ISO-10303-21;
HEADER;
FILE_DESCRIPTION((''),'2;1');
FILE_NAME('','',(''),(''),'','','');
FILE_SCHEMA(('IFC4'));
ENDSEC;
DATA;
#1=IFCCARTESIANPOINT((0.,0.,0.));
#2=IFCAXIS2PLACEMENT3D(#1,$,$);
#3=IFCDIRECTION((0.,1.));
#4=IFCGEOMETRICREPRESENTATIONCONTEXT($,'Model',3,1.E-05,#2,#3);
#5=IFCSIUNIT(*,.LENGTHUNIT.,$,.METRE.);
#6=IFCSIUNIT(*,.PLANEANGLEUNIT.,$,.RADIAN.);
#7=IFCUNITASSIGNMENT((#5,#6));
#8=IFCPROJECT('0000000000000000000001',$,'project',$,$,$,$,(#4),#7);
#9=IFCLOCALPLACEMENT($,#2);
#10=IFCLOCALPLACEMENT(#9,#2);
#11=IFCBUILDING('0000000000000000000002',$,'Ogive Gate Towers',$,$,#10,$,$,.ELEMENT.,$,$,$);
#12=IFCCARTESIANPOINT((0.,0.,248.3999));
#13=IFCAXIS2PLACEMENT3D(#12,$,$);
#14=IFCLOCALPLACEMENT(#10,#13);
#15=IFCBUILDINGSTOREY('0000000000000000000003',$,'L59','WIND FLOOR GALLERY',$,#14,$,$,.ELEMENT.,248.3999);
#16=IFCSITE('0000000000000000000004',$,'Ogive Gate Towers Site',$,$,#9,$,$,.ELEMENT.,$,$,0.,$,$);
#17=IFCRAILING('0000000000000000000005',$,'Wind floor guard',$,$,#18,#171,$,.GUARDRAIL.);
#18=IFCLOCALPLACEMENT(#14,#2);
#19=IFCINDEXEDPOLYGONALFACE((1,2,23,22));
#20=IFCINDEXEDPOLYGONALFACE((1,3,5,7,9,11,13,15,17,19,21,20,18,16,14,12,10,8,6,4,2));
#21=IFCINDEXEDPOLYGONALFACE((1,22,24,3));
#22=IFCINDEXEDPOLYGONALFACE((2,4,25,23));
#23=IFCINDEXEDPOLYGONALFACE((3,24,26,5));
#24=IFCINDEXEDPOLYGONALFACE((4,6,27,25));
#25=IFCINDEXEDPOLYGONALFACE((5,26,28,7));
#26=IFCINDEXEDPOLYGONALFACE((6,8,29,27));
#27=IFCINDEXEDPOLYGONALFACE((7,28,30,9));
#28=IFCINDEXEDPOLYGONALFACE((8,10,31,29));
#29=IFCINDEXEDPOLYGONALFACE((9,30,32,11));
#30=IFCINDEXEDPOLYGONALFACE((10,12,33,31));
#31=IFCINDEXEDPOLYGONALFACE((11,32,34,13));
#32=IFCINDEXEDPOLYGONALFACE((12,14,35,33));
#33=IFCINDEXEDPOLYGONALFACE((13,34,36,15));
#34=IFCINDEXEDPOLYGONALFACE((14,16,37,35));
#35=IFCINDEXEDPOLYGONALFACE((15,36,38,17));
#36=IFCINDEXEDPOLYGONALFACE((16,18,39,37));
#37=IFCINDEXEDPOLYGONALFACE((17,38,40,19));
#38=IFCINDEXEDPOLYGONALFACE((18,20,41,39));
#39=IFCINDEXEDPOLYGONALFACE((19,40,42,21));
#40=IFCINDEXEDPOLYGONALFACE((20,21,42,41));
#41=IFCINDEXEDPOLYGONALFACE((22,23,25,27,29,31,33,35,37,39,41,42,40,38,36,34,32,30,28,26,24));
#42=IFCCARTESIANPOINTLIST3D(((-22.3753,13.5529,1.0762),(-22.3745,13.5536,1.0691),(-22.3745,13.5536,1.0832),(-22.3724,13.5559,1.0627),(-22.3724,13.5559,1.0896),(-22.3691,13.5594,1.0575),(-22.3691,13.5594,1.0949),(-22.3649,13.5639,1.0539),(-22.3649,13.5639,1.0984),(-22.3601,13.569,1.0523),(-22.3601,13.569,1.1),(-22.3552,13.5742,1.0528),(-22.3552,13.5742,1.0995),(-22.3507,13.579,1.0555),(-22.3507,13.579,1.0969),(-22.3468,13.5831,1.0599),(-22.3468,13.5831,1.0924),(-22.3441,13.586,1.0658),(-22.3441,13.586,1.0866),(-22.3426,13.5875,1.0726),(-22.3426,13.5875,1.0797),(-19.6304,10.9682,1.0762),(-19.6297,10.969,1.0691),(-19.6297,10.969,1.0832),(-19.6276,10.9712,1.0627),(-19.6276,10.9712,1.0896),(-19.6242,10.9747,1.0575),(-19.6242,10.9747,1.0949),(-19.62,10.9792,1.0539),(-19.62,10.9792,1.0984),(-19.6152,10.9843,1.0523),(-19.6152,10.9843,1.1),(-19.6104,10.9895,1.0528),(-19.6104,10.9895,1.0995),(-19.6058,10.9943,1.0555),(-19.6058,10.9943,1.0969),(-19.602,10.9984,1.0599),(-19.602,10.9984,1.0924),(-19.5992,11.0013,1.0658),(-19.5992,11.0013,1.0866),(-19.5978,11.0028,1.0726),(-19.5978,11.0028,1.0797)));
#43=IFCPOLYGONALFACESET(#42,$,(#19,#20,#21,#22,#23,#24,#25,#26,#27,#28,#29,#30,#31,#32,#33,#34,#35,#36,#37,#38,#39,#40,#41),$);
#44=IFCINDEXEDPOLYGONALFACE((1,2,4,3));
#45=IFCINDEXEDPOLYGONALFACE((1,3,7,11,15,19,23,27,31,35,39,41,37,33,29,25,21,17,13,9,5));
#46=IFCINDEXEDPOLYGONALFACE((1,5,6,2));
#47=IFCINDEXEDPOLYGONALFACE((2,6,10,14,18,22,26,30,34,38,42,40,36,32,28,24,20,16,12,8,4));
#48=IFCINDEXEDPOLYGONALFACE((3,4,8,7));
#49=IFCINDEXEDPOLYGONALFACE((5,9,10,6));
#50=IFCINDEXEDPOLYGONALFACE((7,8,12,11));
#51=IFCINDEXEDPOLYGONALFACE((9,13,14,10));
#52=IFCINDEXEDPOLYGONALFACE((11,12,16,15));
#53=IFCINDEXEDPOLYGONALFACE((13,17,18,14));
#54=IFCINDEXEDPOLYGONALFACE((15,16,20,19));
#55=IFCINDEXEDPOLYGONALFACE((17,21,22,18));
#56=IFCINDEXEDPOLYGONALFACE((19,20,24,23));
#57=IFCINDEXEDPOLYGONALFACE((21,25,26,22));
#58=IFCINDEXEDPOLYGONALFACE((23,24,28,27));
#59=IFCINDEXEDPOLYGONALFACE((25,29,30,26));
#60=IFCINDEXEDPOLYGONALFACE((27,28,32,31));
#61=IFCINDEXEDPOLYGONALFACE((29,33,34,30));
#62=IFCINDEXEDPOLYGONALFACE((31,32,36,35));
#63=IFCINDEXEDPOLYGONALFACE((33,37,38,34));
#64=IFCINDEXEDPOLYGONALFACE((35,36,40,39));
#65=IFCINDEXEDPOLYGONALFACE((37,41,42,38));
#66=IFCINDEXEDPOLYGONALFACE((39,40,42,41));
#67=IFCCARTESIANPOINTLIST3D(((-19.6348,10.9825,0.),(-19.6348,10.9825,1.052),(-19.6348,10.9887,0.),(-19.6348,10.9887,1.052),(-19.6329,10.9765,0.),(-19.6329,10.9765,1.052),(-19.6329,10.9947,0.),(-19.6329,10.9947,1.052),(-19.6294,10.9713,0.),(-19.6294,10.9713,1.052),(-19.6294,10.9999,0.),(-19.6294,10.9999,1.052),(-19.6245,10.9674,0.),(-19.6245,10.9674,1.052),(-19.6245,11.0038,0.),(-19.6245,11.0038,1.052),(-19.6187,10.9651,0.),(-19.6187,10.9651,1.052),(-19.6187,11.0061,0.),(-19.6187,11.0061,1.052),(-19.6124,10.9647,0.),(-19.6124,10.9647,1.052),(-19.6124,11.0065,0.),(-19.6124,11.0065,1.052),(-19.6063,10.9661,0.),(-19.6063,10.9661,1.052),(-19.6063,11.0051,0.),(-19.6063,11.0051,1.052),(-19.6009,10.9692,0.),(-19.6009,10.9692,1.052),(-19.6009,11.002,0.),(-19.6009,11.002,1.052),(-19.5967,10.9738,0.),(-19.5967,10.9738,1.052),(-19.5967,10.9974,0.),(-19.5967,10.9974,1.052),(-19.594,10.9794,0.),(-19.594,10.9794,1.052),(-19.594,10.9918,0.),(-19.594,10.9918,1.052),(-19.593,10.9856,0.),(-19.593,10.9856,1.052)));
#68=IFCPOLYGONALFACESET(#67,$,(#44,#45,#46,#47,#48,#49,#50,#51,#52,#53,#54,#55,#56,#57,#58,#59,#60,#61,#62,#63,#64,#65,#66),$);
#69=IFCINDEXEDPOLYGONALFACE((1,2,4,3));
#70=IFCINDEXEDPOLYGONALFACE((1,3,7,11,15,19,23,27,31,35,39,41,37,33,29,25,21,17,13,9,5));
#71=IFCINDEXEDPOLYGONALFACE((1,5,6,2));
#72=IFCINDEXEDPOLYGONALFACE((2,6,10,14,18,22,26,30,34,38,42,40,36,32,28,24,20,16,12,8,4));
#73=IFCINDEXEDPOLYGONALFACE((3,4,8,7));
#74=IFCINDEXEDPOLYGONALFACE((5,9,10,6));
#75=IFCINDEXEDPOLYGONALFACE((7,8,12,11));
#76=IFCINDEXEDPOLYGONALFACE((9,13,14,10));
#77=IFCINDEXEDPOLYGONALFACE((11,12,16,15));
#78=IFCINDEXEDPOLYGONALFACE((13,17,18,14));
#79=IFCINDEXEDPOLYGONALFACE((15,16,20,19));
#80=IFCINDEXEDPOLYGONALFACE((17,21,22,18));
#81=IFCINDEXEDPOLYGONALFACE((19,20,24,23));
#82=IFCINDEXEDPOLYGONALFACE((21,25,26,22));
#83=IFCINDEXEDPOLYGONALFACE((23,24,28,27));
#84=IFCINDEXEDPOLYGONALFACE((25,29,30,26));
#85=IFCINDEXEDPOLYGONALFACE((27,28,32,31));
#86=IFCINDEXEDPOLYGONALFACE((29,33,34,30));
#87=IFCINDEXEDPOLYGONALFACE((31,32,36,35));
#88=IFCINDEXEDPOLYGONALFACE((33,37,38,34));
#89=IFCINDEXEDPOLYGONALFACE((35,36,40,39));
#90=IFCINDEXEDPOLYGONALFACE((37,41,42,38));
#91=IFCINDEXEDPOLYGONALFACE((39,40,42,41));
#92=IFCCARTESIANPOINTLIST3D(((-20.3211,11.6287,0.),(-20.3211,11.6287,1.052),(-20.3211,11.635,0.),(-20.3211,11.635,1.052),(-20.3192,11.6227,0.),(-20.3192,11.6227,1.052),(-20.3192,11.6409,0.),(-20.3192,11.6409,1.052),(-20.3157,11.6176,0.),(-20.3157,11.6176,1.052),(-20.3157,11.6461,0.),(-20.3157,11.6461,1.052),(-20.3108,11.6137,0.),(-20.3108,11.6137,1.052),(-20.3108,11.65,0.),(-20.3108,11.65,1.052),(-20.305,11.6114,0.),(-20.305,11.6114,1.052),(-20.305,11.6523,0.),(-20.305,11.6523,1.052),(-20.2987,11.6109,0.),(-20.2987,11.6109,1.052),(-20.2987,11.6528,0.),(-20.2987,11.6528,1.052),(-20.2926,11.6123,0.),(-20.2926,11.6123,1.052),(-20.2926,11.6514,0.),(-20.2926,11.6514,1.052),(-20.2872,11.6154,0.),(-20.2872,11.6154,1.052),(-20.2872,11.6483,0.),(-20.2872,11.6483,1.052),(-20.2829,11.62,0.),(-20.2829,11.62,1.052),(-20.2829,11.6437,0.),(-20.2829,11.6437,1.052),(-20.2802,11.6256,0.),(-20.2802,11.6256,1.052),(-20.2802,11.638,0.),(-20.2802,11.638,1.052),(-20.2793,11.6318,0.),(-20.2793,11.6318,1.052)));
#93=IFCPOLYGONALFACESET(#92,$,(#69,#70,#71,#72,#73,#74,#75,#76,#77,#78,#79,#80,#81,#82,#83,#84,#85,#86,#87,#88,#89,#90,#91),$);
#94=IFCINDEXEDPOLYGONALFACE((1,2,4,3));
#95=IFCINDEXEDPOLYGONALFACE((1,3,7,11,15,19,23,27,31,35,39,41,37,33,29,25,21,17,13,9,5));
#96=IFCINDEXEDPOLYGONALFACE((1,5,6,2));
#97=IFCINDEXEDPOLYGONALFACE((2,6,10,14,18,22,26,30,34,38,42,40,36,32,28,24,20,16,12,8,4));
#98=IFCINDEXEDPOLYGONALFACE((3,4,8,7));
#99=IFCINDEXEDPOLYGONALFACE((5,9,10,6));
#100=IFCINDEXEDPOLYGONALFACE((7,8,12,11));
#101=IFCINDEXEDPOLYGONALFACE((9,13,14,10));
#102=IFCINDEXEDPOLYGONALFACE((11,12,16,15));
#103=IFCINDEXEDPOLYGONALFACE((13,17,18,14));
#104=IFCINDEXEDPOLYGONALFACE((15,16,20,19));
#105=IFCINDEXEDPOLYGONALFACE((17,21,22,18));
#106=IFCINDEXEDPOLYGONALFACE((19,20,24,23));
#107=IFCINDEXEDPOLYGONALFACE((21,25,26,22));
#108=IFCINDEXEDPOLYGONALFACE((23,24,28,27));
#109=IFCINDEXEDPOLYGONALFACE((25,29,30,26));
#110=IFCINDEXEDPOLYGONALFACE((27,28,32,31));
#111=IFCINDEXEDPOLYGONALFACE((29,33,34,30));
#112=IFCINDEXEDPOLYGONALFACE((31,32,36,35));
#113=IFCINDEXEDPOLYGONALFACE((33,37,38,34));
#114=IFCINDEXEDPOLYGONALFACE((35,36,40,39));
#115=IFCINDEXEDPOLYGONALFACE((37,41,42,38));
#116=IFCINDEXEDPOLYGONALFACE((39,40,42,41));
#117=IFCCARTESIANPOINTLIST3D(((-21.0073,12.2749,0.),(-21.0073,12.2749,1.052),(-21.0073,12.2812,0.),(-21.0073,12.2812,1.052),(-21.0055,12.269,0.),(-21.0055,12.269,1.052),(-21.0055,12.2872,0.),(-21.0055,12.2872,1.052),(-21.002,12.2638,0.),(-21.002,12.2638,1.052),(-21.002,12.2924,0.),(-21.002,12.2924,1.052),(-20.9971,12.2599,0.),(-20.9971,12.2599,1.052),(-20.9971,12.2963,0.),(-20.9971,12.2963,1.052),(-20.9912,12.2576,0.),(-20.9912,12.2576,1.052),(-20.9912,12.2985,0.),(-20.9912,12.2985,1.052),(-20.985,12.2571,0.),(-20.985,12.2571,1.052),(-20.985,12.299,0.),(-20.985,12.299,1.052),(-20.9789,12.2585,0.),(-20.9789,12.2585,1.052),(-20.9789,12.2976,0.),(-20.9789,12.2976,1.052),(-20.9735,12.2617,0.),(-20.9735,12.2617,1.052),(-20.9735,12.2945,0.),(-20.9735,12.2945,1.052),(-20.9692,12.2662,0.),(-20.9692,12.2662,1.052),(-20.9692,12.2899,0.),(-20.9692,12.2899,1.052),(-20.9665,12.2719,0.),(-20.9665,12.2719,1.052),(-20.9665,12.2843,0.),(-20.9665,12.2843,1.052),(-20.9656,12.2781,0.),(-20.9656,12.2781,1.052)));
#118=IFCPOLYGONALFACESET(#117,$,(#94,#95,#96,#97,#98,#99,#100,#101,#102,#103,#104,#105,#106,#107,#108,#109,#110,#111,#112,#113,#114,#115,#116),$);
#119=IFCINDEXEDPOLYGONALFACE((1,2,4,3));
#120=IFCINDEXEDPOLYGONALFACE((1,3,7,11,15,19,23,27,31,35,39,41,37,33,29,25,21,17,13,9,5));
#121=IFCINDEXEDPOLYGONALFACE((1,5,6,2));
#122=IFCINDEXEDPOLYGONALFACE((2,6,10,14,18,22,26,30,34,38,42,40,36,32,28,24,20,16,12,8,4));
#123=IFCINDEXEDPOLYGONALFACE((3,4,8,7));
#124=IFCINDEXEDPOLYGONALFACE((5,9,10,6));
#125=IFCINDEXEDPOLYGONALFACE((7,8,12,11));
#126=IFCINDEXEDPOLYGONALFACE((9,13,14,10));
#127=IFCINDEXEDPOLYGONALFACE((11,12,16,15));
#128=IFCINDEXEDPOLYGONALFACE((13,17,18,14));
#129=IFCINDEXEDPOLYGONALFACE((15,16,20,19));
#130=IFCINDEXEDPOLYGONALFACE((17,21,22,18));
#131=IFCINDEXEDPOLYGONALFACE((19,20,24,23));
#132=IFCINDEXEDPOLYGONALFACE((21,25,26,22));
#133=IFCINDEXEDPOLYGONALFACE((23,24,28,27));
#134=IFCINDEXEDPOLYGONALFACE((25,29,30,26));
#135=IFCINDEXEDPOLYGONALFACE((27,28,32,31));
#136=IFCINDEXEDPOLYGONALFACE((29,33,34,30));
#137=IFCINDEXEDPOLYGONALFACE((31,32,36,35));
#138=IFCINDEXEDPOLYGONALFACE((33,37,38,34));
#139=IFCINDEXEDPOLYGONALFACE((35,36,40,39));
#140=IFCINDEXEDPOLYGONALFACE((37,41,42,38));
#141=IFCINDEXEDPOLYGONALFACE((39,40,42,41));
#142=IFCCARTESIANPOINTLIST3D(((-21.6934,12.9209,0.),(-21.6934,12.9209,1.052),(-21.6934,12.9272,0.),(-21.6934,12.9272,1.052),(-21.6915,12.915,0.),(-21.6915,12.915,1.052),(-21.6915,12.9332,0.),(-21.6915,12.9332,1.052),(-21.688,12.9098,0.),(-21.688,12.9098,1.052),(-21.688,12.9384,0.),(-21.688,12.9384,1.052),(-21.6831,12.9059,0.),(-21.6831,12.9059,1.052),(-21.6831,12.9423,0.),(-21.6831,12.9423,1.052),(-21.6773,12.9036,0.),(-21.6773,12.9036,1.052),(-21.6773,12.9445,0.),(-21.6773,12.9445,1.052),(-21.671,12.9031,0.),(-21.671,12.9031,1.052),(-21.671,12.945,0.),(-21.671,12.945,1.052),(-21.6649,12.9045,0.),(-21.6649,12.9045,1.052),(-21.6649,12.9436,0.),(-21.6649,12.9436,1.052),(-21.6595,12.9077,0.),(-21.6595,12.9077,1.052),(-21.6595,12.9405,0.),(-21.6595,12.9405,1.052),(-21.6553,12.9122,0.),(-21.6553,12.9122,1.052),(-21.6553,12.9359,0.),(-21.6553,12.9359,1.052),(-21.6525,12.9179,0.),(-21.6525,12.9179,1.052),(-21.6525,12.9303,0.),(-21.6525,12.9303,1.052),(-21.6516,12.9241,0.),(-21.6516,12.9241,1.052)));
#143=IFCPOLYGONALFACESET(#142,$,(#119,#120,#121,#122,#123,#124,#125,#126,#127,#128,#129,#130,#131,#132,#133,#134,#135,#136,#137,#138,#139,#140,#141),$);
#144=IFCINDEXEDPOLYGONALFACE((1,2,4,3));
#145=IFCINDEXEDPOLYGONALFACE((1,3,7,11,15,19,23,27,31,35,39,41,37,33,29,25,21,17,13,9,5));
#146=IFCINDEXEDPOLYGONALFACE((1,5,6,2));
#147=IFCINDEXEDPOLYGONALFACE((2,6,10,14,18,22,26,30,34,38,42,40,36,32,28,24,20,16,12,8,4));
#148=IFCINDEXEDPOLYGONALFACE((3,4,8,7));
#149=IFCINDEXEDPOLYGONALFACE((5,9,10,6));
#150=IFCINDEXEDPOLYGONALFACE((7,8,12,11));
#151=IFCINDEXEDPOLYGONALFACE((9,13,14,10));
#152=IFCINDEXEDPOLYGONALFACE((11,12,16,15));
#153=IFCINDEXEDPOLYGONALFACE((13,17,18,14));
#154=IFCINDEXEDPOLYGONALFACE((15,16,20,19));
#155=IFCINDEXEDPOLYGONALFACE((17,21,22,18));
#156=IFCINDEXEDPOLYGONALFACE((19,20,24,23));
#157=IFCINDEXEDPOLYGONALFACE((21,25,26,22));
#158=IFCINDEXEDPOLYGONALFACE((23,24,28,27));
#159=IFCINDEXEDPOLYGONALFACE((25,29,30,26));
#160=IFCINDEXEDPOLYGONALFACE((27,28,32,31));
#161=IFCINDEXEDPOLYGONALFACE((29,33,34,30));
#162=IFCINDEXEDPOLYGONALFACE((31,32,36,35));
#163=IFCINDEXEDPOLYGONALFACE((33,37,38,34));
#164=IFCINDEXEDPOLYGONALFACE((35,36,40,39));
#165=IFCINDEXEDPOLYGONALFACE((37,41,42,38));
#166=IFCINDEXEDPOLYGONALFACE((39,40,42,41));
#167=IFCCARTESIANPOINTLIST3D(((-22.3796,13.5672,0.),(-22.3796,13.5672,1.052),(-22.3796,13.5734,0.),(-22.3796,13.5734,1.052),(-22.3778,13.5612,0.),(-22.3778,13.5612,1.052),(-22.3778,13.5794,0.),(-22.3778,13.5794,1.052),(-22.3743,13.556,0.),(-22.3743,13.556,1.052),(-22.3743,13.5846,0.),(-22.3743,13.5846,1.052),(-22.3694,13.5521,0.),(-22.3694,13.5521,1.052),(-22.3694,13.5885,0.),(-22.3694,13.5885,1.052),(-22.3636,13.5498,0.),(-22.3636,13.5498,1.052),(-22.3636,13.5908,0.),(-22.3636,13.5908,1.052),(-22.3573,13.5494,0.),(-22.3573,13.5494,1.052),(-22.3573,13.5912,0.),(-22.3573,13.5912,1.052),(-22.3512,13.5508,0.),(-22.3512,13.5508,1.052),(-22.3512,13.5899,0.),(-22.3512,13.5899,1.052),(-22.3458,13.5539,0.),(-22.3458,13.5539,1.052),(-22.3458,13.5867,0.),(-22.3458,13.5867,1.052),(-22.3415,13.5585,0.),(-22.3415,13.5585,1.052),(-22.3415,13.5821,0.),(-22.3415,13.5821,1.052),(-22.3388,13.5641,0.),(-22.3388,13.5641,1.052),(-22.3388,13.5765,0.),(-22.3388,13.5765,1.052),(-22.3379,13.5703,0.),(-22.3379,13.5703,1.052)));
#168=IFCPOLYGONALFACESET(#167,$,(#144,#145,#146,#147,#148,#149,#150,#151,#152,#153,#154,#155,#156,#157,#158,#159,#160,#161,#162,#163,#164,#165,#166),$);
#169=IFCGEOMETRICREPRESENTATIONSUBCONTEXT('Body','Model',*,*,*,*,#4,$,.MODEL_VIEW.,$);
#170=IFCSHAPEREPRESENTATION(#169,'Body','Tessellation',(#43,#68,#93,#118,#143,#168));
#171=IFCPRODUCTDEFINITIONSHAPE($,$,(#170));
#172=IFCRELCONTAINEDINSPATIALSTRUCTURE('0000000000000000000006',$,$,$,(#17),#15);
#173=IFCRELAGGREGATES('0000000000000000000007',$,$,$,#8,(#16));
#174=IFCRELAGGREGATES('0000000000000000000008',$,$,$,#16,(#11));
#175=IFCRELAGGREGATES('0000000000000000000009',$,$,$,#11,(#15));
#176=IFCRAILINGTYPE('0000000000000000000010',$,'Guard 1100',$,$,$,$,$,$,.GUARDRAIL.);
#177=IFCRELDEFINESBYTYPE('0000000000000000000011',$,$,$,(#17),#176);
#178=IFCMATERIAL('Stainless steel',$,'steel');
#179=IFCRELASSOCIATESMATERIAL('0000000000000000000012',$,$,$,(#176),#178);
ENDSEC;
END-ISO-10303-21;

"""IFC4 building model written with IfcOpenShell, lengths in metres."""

from ifc_helpers import new_model, si_unit, direction, frame, origin, origin_2d, place, context, subcontext, project, spatial, circle, extrude, material, type_object, element, save


model = new_model("IFC4")

# Units and contexts
model_context = context("Model", 3, precision=1e-05, world=origin(), true_north=direction((0.0, 1.0)))
body_context = subcontext(model_context, "Body", "Model", "MODEL_VIEW")
ifc_project = project(units=[si_unit("LENGTHUNIT", "METRE"), si_unit("PLANEANGLEUNIT", "RADIAN")], contexts=[model_context])

# Site, building, storey
site_placement = place(None, origin())
site = spatial("IfcSite", under=ifc_project, at=site_placement, Name="Ogive Gate Towers Site", CompositionType="ELEMENT", RefElevation=0.0)
building_placement = place(site_placement, origin())
building = spatial("IfcBuilding", under=site, at=building_placement, Name="Ogive Gate Towers", CompositionType="ELEMENT")
storey_placement = place(building_placement, frame((0.0, 0.0, 248.3999)))
storey = spatial("IfcBuildingStorey", under=building, at=storey_placement, Name="L59", Description="WIND FLOOR GALLERY", CompositionType="ELEMENT", Elevation=248.3999)

# Railing
ifc_material_1 = material(Name="Stainless steel", Category="steel")
railing_type = type_object("IfcRailingType", Name="Guard 1100", PredefinedType="GUARDRAIL", material=ifc_material_1)
railing_1_placement = place(storey_placement, frame((-19.614, 10.9856, 0.0)))
element("IfcRailing", 1, at=railing_1_placement, inside=storey, type_object=railing_type, Name="Wind floor guard", PredefinedType="GUARDRAIL", context=body_context, shape_type="SweptSolid", body=[
    extrude(circle(Radius=0.0239, at=origin_2d()), frame((0.0, 0.0, 1.0762), z_axis=(-0.728027, 0.685548, 0.0), x_axis=(-0.685548, -0.728027, 0.0)), (0.0, 0.0, 1.0), 3.7703),
    extrude(circle(Radius=0.021, at=origin_2d()), origin(), (0.0, 0.0, 1.0), 1.052),
    extrude(circle(Radius=0.021, at=origin_2d()), frame((-0.6863, 0.6462, 0.0)), (0.0, 0.0, 1.0), 1.052),
    extrude(circle(Radius=0.021, at=origin_2d()), frame((-1.3726, 1.2925, 0.0)), (0.0, 0.0, 1.0), 1.052),
    extrude(circle(Radius=0.021, at=origin_2d()), frame((-2.0586, 1.9385, 0.0)), (0.0, 0.0, 1.0), 1.052),
    extrude(circle(Radius=0.021, at=origin_2d()), frame((-2.7449, 2.5847, 0.0)), (0.0, 0.0, 1.0), 1.052),
])

save(model, "model.ifc")
